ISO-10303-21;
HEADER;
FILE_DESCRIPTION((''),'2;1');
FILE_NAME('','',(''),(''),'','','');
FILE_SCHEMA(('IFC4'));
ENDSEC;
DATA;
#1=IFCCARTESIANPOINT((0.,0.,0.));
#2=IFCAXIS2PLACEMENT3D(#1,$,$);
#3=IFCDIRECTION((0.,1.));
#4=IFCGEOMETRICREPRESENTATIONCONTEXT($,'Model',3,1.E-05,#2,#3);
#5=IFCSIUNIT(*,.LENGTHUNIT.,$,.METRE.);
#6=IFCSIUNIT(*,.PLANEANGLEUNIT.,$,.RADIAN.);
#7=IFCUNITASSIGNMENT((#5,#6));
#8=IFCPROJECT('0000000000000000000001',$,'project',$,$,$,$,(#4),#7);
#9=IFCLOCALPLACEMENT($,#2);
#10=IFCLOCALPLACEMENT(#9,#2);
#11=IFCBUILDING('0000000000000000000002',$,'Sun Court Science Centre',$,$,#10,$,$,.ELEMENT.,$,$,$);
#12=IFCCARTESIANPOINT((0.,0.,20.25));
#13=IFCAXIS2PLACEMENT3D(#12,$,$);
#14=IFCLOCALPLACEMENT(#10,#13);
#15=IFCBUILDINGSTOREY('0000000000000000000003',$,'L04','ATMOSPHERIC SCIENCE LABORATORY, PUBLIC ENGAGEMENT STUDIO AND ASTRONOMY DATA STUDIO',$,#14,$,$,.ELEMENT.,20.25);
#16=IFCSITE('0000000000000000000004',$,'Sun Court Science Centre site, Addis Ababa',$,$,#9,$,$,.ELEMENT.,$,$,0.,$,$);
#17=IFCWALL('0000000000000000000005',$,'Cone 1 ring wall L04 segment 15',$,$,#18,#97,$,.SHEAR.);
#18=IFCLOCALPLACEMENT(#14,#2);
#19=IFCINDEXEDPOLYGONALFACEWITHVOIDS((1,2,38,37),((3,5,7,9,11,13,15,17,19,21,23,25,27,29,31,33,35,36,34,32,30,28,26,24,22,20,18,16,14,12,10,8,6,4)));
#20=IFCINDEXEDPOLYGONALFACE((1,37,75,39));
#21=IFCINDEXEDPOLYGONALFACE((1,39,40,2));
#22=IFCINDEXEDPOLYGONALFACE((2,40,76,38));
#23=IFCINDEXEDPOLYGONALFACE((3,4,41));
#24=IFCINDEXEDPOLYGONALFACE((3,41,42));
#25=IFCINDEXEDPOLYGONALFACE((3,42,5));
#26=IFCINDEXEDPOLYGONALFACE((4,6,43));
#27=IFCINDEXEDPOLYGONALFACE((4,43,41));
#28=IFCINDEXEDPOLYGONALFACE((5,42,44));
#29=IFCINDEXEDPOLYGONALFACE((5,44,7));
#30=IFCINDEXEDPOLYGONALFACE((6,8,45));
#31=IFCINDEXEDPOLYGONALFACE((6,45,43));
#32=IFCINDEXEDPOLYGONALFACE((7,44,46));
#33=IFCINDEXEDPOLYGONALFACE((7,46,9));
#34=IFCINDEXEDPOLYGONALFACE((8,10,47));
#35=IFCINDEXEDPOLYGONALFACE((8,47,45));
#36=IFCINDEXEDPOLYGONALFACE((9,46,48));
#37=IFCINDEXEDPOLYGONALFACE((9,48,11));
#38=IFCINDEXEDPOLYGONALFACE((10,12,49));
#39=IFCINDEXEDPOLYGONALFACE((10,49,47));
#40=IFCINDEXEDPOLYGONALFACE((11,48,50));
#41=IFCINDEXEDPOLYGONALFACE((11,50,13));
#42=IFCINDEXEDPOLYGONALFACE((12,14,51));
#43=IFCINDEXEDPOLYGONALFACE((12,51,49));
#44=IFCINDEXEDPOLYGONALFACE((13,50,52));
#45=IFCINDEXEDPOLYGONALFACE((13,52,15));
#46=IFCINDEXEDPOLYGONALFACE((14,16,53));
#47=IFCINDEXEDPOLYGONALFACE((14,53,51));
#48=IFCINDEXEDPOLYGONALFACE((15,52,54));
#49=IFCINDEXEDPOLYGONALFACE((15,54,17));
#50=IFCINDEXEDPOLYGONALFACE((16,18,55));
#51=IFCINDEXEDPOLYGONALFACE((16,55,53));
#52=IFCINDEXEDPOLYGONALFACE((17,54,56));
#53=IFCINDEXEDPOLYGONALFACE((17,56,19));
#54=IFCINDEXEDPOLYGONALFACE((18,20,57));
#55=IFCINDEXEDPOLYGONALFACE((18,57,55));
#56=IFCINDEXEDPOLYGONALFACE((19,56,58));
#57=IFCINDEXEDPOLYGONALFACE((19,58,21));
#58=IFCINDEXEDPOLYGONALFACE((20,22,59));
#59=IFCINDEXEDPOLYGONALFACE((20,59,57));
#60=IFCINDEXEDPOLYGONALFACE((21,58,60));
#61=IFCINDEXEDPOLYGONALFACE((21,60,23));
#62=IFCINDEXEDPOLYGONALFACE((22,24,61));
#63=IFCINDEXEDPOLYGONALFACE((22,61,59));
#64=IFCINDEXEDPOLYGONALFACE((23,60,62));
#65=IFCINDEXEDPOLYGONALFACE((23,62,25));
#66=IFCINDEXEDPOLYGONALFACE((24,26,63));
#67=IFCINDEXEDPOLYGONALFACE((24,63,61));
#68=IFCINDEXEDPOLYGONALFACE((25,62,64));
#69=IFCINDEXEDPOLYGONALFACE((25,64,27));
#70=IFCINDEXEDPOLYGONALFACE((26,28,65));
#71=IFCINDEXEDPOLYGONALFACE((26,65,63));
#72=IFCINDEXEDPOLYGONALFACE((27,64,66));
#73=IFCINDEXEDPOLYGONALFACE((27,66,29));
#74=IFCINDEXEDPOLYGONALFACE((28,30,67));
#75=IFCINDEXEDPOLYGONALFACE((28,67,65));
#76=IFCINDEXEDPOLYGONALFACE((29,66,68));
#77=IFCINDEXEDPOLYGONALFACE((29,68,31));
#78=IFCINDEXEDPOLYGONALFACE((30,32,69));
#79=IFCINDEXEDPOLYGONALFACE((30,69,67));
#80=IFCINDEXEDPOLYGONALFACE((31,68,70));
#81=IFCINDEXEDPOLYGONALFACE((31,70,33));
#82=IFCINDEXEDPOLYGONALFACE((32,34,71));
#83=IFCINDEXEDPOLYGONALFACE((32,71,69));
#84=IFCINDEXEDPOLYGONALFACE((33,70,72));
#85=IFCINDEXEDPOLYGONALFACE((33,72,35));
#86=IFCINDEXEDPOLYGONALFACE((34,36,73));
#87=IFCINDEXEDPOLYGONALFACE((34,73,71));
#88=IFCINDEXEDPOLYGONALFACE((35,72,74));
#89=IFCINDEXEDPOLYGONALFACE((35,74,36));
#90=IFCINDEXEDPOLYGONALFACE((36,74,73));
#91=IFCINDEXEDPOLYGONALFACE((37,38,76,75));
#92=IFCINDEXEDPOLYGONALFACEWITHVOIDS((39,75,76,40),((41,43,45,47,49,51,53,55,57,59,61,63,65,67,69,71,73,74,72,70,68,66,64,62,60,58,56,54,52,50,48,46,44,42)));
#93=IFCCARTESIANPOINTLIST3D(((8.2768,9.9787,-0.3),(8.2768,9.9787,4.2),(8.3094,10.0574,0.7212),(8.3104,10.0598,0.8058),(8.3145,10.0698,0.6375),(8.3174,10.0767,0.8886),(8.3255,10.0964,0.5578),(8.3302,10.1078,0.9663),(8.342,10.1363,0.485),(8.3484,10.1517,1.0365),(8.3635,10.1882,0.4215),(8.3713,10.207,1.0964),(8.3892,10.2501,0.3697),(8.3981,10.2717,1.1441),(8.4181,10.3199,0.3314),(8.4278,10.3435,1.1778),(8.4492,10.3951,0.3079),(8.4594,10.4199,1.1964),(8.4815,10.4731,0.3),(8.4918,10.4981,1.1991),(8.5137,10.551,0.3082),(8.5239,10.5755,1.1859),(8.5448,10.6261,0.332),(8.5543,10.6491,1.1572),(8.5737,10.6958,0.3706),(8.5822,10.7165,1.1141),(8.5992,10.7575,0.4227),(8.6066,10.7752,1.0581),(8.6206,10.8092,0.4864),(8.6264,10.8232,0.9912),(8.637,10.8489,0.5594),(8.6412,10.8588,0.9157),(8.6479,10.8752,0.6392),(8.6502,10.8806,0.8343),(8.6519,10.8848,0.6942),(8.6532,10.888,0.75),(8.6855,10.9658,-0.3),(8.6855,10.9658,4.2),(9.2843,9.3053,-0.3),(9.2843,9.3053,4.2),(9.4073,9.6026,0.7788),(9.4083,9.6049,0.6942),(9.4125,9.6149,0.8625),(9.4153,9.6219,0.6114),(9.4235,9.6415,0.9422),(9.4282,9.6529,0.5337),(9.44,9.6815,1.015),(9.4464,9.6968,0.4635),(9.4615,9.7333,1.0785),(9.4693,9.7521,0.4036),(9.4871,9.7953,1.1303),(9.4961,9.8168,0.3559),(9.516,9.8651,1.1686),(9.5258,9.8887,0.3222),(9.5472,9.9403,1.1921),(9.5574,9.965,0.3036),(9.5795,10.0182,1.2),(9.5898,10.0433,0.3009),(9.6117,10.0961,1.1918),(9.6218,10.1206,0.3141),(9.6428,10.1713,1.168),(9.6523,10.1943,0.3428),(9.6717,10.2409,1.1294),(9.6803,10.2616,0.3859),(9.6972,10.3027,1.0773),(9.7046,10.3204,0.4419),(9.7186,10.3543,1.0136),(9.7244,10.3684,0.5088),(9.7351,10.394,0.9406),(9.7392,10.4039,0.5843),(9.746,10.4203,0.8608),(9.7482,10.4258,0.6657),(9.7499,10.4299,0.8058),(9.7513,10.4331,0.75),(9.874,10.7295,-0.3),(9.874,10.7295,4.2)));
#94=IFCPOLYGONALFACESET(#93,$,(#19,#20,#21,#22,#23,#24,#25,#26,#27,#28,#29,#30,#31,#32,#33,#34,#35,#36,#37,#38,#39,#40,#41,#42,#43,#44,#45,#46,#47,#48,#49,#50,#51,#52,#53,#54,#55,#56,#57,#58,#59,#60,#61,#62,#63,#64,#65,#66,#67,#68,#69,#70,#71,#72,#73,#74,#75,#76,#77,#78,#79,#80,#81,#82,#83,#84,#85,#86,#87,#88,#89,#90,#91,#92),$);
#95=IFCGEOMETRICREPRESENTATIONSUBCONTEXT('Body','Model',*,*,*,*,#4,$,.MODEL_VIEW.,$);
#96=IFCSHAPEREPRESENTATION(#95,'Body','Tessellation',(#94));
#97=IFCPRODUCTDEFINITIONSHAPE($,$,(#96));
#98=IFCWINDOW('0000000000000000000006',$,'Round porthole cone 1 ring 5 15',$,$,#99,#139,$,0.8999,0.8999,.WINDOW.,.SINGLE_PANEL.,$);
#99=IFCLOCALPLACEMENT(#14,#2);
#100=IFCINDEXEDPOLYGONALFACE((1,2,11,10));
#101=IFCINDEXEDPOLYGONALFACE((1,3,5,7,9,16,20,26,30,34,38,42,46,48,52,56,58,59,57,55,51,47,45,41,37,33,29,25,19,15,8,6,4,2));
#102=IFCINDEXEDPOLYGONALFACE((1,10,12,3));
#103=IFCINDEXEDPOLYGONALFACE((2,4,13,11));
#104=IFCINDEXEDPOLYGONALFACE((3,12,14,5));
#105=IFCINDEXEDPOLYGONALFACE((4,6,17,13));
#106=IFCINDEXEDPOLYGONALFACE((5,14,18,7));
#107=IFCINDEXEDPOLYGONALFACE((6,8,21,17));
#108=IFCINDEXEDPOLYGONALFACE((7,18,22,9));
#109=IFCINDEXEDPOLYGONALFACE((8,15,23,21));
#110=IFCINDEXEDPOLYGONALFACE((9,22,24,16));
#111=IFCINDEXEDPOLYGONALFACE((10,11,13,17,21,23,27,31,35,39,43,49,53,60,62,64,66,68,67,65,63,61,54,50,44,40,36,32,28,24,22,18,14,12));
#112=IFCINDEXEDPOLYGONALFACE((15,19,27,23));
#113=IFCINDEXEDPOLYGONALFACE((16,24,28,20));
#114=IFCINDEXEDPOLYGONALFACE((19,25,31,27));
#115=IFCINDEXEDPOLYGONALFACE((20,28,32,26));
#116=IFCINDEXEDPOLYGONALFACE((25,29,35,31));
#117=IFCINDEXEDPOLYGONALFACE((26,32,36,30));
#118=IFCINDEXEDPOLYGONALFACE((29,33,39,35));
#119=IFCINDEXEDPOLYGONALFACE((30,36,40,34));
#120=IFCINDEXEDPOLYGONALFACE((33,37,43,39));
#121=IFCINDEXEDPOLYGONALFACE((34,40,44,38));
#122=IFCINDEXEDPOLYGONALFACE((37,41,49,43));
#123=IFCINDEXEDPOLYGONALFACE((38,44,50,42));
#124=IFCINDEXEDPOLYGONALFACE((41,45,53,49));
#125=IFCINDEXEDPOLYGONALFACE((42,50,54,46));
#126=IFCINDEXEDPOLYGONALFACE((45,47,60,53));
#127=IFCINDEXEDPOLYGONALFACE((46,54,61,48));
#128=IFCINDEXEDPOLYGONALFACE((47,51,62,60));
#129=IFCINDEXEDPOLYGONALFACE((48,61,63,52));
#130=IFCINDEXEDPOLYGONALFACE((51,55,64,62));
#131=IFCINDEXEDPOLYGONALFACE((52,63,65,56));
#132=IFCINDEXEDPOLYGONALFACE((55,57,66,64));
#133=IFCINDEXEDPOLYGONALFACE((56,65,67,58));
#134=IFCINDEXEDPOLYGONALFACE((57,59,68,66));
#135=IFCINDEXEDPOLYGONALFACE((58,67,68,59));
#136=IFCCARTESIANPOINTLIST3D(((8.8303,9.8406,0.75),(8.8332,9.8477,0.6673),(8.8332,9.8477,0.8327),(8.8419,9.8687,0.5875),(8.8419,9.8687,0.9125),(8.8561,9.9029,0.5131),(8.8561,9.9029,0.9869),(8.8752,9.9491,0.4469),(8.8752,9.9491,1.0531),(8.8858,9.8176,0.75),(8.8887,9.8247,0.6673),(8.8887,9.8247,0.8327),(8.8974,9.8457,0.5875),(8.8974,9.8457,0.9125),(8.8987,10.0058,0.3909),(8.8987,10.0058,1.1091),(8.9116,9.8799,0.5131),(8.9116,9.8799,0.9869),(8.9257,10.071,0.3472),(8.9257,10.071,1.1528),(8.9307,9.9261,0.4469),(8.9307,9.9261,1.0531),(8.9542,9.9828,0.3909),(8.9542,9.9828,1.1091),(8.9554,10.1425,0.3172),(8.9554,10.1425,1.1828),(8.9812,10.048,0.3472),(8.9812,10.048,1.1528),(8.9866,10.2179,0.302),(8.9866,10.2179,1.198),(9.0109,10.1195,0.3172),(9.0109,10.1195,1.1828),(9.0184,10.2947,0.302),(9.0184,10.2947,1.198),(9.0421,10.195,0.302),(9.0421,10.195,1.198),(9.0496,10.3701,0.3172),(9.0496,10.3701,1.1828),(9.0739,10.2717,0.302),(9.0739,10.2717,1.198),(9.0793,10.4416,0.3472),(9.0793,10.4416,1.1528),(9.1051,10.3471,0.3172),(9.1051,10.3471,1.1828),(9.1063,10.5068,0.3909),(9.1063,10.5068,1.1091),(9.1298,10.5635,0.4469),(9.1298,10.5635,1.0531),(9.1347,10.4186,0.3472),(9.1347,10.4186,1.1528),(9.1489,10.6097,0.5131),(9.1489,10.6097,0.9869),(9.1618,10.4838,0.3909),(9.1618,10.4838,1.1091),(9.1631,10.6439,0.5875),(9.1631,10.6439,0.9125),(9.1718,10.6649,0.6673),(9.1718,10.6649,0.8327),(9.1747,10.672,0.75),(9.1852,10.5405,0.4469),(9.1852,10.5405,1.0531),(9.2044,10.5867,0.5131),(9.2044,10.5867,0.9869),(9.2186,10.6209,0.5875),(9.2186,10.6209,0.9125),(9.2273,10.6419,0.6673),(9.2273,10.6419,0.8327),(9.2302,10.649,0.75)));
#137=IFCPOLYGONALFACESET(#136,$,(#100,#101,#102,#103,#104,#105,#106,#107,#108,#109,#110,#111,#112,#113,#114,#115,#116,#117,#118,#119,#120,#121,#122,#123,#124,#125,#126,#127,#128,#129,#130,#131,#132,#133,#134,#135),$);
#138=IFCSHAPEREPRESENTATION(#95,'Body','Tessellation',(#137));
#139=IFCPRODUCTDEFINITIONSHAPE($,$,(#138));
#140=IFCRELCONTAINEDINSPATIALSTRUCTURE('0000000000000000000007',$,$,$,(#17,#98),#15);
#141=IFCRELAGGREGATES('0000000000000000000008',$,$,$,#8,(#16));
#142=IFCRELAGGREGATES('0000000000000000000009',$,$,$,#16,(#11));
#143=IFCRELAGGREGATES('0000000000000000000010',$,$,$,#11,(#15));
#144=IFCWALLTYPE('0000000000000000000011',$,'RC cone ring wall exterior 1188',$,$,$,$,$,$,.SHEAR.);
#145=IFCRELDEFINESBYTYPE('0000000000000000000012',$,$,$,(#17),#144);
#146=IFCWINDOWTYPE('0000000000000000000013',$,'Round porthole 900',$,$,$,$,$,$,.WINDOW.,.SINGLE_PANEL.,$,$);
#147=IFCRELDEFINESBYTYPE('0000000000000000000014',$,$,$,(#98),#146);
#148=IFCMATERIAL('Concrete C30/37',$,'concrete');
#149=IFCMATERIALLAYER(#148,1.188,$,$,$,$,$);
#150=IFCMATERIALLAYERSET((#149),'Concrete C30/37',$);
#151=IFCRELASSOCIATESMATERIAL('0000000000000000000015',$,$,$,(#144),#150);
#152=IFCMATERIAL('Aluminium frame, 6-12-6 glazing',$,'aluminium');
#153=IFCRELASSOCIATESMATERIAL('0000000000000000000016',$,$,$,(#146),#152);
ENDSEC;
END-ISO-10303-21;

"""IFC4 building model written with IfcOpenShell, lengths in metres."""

from ifc_helpers import new_model, si_unit, direction, frame, frame_2d, origin, place, context, subcontext, project, spatial, polyline, circle, outline, extrude, material, layer, layer_set, type_object, element, fill, save


model = new_model("IFC4")

# Units and contexts
model_context = context("Model", 3, precision=1e-05, world=origin(), true_north=direction((0.0, 1.0)))
body_context = subcontext(model_context, "Body", "Model", "MODEL_VIEW")
ifc_project = project(units=[si_unit("LENGTHUNIT", "METRE"), si_unit("PLANEANGLEUNIT", "RADIAN")], contexts=[model_context])

# Site, building, storey
site_placement = place(None, origin())
site = spatial("IfcSite", under=ifc_project, at=site_placement, Name="Sun Court Science Centre site, Addis Ababa", CompositionType="ELEMENT", RefElevation=0.0)
building_placement = place(site_placement, origin())
building = spatial("IfcBuilding", under=site, at=building_placement, Name="Sun Court Science Centre", CompositionType="ELEMENT")
storey_placement = place(building_placement, frame((0.0, 0.0, 20.25)))
storey = spatial("IfcBuildingStorey", under=building, at=storey_placement, Name="L04", Description="ATMOSPHERIC SCIENCE LABORATORY, PUBLIC ENGAGEMENT STUDIO AND ASTRONOMY DATA STUDIO", CompositionType="ELEMENT", Elevation=20.25)

# Wall, opening, window
ifc_material_1 = material(Name="Concrete C30/37", Category="concrete")
ifc_layer_1 = layer(ifc_material_1, 1.188)
ifc_layer_set_1 = layer_set([ifc_layer_1], Name="Concrete C30/37")
wall_type = type_object("IfcWallType", Name="RC cone ring wall exterior 1188", PredefinedType="SHEAR", material=ifc_layer_set_1)
ifc_material_2 = material(Name="Aluminium frame, 6-12-6 glazing", Category="aluminium")
window_type = type_object("IfcWindowType", Name="Round porthole 900", PartitioningType="SINGLE_PANEL", PredefinedType="WINDOW", material=ifc_material_2)
wall_1_placement = place(storey_placement, frame((8.7354, 9.533, -0.3), z_axis=(0.0, 0.0, 1.0), x_axis=(0.382725, 0.923862, 0.0)))
wall_1 = element("IfcWall", 1, at=wall_1_placement, inside=storey, type_object=wall_type, Name="Cone 1 ring wall L04 segment 15", PredefinedType="SHEAR", context=body_context, shape_type="SweptSolid", body=[
    extrude(outline(polyline([(-0.0002, -0.5942), (1.5413, -0.594), (1.3047, 0.5945), (0.2363, 0.5942), (-0.0002, -0.5942)])), origin(), (0.0, 0.0, 1.0), 4.5),
])
opening_1_placement = place(wall_1_placement, frame((0.3206, 0.0, 0.6001)))
opening_1 = element("IfcOpeningElement", 2, at=opening_1_placement, cuts=wall_1, PredefinedType="OPENING", context=body_context, shape_type="SweptSolid", body=[
    extrude(circle(Radius=0.45, at=frame_2d((0.45, 0.45))), frame((0.0, 0.6042, 0.0), z_axis=(0.0, -1.0, 0.0), x_axis=(1.0, 0.0, 0.0)), (0.0, 0.0, 1.0), 1.2085),
])
window_1_placement = place(opening_1_placement, origin())
window_1 = element("IfcWindow", 3, at=window_1_placement, inside=storey, type_object=window_type, Name="Round porthole cone 1 ring 5 15", OverallHeight=0.8999, OverallWidth=0.8999, PartitioningType="SINGLE_PANEL", PredefinedType="WINDOW", context=body_context, shape_type="SweptSolid", body=[
    extrude(circle(Radius=0.45, at=frame_2d((0.45, 0.45))), frame((0.0, 0.03, 0.0), z_axis=(0.0, -1.0, 0.0), x_axis=(1.0, 0.0, 0.0)), (0.0, 0.0, 1.0), 0.0601),
])
fill(opening_1, window_1)

save(model, "model.ifc")
